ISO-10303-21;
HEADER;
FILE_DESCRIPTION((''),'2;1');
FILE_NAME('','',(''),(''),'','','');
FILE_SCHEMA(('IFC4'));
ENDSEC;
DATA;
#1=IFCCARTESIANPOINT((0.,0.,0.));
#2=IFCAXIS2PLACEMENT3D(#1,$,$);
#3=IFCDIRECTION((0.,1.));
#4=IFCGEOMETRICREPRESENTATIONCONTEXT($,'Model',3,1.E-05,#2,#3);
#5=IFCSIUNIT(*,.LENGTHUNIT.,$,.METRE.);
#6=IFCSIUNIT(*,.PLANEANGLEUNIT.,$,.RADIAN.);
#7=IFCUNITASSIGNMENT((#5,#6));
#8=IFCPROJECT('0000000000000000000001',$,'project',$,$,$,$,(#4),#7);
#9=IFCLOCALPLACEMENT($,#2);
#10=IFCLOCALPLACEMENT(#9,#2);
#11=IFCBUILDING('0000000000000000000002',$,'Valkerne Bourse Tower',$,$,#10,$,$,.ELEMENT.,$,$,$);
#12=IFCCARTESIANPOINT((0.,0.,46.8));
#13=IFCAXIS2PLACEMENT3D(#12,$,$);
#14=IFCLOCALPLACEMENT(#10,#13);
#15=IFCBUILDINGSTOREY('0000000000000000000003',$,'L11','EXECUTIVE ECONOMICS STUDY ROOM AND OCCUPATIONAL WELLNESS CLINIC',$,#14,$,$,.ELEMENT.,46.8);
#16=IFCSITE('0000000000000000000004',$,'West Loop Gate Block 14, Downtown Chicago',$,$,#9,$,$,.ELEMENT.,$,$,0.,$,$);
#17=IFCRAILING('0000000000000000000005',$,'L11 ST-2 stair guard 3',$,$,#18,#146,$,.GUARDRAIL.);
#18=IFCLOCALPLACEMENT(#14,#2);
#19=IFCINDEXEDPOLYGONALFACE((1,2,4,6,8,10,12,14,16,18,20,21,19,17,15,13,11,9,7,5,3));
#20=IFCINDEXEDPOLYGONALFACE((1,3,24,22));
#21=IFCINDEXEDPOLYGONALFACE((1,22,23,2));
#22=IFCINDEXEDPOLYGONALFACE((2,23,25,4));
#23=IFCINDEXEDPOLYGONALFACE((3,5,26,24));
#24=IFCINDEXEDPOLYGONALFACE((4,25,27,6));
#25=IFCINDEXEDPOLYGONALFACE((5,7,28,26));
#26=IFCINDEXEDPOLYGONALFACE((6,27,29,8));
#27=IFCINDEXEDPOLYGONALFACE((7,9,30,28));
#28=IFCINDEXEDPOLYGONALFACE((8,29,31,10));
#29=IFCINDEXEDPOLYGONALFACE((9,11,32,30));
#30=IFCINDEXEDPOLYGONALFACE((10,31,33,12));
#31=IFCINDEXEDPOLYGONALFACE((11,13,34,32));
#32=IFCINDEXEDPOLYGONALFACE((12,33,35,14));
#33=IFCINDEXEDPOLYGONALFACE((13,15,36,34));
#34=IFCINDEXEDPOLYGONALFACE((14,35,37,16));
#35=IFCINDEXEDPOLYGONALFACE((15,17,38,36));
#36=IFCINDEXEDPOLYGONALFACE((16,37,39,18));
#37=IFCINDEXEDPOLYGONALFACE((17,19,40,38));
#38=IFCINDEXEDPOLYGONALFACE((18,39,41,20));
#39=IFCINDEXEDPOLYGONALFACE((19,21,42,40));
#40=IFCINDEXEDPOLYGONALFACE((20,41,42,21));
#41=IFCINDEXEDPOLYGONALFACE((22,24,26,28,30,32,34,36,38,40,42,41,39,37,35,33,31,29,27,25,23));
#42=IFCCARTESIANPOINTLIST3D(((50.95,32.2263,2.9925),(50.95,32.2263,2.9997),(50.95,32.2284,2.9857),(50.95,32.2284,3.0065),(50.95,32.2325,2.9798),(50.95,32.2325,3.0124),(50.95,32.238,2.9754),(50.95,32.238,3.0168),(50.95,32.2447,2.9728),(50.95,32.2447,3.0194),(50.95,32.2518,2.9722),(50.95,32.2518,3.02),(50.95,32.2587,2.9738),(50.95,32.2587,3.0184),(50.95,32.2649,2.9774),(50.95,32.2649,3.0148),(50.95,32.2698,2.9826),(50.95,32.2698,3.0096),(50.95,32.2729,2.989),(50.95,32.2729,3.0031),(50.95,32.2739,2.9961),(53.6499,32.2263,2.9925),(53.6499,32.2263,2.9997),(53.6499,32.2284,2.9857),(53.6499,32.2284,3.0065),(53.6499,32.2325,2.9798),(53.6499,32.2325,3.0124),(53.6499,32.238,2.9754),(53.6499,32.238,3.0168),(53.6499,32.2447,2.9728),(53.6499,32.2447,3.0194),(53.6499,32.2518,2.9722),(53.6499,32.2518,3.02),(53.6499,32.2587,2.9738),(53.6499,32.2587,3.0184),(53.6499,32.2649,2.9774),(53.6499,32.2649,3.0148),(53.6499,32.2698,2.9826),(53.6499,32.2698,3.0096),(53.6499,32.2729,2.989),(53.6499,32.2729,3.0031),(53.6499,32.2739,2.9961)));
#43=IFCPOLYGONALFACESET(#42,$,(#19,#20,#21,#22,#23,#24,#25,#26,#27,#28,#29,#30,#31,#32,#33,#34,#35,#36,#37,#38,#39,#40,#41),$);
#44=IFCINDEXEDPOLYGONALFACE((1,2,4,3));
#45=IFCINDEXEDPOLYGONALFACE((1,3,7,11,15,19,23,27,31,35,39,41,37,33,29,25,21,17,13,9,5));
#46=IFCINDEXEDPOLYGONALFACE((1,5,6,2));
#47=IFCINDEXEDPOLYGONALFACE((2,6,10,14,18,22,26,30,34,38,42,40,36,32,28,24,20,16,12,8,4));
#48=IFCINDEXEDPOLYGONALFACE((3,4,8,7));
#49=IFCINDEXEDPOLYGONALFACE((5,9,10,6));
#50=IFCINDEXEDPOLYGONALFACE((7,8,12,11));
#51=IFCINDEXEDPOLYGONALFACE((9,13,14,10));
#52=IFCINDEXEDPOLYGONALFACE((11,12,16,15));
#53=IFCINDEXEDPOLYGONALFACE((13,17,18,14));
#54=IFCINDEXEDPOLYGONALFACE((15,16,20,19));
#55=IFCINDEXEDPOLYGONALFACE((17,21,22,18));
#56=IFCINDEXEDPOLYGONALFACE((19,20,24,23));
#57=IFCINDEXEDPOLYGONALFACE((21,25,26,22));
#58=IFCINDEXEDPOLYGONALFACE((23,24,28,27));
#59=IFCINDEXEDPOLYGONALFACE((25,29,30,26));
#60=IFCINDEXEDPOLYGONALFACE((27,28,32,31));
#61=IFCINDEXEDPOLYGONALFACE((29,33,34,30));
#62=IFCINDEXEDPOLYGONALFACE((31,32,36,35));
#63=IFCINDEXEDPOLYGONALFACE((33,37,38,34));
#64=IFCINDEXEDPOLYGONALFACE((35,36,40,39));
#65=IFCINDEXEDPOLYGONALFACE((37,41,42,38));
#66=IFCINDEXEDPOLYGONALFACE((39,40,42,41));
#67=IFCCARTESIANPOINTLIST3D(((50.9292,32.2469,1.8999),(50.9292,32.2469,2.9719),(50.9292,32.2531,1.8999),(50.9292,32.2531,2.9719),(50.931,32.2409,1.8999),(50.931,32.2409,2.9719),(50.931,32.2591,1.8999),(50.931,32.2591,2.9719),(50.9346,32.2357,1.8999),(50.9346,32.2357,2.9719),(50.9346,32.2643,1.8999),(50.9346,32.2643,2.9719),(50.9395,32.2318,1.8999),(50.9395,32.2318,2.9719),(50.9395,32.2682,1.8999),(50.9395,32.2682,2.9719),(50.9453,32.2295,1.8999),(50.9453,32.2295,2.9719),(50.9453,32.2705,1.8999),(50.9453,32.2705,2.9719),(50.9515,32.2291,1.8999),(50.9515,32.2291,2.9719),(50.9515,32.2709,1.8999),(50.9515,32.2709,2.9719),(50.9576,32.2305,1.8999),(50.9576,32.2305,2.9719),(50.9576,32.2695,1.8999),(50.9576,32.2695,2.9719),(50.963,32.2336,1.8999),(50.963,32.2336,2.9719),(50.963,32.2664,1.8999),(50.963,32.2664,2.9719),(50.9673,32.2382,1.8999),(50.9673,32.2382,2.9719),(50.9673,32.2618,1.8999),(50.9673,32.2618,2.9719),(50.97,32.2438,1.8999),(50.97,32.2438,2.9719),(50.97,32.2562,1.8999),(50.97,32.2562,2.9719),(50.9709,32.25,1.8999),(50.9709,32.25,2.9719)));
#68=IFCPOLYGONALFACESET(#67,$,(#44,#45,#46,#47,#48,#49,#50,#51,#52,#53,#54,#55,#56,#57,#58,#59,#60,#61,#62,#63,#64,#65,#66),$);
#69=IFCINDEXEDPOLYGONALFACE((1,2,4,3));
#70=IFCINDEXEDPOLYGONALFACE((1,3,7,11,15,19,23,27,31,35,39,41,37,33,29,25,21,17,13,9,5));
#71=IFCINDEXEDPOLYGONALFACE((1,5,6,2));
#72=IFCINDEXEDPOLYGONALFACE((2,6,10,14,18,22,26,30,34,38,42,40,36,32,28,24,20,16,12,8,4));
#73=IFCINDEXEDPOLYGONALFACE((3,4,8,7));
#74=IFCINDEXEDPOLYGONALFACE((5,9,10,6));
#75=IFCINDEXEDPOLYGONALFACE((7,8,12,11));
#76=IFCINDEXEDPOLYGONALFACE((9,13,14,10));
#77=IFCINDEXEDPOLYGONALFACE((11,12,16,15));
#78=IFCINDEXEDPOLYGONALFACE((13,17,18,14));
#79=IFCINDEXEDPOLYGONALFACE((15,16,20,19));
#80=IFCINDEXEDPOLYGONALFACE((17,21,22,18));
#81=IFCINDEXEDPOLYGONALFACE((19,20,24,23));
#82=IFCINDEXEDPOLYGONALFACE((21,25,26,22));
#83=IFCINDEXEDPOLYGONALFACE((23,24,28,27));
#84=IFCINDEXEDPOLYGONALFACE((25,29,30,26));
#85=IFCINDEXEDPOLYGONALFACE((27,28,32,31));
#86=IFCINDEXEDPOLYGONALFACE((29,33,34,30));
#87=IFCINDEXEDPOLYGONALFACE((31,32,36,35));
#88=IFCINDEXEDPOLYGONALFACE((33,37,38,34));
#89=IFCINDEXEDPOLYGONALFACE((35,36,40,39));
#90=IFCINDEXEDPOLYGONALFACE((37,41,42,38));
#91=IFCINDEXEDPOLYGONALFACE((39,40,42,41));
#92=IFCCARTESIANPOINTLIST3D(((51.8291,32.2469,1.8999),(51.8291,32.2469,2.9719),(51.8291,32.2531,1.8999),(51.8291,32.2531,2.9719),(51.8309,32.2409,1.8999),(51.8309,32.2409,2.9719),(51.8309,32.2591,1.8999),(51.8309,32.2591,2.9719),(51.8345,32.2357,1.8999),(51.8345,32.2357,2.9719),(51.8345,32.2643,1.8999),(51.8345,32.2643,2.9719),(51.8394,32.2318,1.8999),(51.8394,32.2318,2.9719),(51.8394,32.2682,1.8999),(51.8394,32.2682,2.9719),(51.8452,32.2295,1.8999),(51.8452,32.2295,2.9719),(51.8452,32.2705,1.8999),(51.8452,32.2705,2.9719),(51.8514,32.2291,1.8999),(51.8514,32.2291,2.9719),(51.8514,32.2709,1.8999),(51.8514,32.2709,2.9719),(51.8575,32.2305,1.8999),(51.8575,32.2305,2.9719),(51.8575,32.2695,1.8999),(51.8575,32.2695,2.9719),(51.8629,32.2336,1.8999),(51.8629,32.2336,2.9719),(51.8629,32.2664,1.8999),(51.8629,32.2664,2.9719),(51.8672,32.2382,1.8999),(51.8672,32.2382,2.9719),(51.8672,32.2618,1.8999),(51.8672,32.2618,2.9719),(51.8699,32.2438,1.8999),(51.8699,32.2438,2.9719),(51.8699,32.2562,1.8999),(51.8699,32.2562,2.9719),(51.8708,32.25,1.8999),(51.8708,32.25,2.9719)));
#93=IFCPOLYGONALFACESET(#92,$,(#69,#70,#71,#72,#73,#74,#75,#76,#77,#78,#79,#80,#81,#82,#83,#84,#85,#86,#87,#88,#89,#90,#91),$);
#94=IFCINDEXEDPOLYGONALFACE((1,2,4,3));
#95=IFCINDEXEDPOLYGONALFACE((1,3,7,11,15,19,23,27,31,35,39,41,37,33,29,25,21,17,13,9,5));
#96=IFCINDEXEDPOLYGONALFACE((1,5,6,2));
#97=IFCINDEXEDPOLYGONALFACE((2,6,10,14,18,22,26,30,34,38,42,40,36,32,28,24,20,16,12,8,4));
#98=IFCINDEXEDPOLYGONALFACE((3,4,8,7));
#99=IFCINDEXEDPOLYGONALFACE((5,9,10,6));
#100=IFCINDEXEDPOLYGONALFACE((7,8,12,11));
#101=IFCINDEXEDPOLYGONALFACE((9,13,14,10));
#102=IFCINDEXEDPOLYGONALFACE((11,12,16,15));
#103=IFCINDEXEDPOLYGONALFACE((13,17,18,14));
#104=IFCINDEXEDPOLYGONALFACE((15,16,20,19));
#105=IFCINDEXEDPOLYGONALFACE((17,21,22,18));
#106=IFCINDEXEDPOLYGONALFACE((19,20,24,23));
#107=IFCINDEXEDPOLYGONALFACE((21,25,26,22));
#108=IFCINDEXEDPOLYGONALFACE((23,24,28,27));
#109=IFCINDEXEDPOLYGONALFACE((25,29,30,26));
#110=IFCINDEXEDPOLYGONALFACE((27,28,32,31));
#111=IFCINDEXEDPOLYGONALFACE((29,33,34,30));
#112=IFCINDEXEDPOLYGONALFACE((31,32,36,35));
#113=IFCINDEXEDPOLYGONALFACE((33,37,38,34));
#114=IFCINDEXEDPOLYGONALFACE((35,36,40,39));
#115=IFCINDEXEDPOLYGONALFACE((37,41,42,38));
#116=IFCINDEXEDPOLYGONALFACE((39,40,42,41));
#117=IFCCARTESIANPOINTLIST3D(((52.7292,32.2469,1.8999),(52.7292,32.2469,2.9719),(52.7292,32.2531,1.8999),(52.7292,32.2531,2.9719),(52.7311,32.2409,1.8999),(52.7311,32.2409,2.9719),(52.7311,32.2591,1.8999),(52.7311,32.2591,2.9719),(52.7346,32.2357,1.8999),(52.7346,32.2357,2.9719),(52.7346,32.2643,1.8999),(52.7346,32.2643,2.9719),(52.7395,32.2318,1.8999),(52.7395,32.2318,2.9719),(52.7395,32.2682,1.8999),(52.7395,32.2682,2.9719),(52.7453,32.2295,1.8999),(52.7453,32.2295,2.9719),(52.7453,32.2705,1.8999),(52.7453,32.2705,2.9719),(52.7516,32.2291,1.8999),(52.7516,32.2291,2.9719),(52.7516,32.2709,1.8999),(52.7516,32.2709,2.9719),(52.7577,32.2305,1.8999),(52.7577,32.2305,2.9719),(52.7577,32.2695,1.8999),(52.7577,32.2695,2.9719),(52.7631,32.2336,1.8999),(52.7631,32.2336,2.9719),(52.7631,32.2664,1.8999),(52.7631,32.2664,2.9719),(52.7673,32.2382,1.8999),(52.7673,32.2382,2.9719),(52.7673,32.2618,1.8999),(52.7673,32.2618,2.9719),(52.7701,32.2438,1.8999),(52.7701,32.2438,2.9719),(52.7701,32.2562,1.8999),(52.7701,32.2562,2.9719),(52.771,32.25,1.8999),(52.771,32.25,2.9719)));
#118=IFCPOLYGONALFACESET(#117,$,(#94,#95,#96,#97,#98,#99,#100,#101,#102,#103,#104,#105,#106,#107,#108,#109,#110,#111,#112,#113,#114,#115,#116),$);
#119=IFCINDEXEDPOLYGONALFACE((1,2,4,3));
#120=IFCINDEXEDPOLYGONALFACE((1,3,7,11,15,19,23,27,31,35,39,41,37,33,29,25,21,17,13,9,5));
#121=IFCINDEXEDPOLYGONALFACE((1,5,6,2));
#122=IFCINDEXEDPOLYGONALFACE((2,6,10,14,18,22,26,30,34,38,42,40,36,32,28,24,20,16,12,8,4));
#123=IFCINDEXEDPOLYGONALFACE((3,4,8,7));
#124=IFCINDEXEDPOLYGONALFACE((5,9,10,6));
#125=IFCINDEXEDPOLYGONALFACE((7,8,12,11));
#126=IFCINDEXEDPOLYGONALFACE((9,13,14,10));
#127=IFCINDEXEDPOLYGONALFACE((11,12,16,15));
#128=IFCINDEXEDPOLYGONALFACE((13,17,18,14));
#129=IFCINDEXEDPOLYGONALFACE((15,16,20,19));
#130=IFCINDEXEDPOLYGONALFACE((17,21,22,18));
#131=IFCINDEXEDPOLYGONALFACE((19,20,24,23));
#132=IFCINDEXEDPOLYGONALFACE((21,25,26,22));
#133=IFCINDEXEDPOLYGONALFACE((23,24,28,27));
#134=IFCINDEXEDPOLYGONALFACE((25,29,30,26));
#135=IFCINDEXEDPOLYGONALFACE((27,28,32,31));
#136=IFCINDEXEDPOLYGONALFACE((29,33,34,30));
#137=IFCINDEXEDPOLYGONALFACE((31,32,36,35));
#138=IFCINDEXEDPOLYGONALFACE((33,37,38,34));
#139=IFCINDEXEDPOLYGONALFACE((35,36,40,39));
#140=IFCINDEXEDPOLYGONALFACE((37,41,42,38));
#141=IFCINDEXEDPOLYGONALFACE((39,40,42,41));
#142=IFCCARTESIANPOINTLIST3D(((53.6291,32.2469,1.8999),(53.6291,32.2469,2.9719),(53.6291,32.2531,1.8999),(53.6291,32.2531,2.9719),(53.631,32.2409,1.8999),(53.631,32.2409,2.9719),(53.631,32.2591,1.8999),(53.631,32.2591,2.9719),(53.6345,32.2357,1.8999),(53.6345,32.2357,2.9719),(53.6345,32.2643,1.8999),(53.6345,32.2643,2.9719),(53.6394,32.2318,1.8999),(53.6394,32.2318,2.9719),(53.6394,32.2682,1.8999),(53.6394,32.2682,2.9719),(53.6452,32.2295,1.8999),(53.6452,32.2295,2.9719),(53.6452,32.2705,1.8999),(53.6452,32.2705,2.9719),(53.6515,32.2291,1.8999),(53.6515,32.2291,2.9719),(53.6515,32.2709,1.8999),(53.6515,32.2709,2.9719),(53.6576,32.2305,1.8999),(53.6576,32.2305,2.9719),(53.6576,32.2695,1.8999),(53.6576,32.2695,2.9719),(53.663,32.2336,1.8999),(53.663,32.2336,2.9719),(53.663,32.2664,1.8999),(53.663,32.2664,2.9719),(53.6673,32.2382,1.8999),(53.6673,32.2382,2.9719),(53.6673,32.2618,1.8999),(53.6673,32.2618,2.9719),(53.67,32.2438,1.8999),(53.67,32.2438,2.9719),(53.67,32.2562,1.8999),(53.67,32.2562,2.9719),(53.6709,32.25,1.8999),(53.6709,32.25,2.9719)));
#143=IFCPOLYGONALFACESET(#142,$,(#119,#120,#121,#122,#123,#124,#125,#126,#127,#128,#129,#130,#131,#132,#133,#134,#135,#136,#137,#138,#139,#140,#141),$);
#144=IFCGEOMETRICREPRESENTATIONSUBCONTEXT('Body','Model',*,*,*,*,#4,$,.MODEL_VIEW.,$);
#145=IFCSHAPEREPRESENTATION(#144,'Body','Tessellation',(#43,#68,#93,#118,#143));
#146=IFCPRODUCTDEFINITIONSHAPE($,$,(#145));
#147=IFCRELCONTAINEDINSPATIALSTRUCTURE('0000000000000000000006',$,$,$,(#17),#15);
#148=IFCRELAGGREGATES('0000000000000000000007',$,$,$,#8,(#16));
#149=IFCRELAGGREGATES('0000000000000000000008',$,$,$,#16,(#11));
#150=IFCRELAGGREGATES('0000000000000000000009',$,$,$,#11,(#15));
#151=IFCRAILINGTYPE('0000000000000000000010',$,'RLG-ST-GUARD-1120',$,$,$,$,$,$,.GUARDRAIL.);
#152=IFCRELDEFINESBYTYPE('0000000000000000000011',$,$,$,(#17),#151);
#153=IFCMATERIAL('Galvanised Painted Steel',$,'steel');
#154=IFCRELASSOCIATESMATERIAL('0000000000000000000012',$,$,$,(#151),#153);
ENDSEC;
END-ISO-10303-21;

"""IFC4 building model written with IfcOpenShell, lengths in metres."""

from ifc_helpers import new_model, si_unit, direction, frame, origin, origin_2d, place, context, subcontext, project, spatial, circle, extrude, material, type_object, element, save


model = new_model("IFC4")

# Units and contexts
model_context = context("Model", 3, precision=1e-05, world=origin(), true_north=direction((0.0, 1.0)))
body_context = subcontext(model_context, "Body", "Model", "MODEL_VIEW")
ifc_project = project(units=[si_unit("LENGTHUNIT", "METRE"), si_unit("PLANEANGLEUNIT", "RADIAN")], contexts=[model_context])

# Site, building, storey
site_placement = place(None, origin())
site = spatial("IfcSite", under=ifc_project, at=site_placement, Name="West Loop Gate Block 14, Downtown Chicago", CompositionType="ELEMENT", RefElevation=0.0)
building_placement = place(site_placement, origin())
building = spatial("IfcBuilding", under=site, at=building_placement, Name="Valkerne Bourse Tower", CompositionType="ELEMENT")
storey_placement = place(building_placement, frame((0.0, 0.0, 46.8)))
storey = spatial("IfcBuildingStorey", under=building, at=storey_placement, Name="L11", Description="EXECUTIVE ECONOMICS STUDY ROOM AND OCCUPATIONAL WELLNESS CLINIC", CompositionType="ELEMENT", Elevation=46.8)

# Shared definitions
ifc_material_1 = material(Name="Galvanised Painted Steel", Category="steel")

# Railing
railing_type_1 = type_object("IfcRailingType", Name="RLG-ST-GUARD-1120", PredefinedType="GUARDRAIL", material=ifc_material_1)
railing_1_placement = place(storey_placement, frame((50.95, 32.25, 1.8999)))
element("IfcRailing", 1, at=railing_1_placement, inside=storey, type_object=railing_type_1, Name="L11 ST-2 stair guard 3", PredefinedType="GUARDRAIL", context=body_context, shape_type="SweptSolid", body=[
    extrude(circle(Radius=0.0239, at=origin_2d()), frame((0.0, 0.0, 1.0962), z_axis=(1.0, 0.0, 0.0), x_axis=(0.0, 1.0, 0.0)), (0.0, 0.0, 1.0), 2.7),
    extrude(circle(Radius=0.021, at=origin_2d()), origin(), (0.0, 0.0, 1.0), 1.072),
    extrude(circle(Radius=0.021, at=origin_2d()), frame((0.8999, 0.0, 0.0)), (0.0, 0.0, 1.0), 1.072),
    extrude(circle(Radius=0.021, at=origin_2d()), frame((1.8, 0.0, 0.0)), (0.0, 0.0, 1.0), 1.072),
    extrude(circle(Radius=0.021, at=origin_2d()), frame((2.7, 0.0, 0.0)), (0.0, 0.0, 1.0), 1.072),
])

save(model, "model.ifc")
